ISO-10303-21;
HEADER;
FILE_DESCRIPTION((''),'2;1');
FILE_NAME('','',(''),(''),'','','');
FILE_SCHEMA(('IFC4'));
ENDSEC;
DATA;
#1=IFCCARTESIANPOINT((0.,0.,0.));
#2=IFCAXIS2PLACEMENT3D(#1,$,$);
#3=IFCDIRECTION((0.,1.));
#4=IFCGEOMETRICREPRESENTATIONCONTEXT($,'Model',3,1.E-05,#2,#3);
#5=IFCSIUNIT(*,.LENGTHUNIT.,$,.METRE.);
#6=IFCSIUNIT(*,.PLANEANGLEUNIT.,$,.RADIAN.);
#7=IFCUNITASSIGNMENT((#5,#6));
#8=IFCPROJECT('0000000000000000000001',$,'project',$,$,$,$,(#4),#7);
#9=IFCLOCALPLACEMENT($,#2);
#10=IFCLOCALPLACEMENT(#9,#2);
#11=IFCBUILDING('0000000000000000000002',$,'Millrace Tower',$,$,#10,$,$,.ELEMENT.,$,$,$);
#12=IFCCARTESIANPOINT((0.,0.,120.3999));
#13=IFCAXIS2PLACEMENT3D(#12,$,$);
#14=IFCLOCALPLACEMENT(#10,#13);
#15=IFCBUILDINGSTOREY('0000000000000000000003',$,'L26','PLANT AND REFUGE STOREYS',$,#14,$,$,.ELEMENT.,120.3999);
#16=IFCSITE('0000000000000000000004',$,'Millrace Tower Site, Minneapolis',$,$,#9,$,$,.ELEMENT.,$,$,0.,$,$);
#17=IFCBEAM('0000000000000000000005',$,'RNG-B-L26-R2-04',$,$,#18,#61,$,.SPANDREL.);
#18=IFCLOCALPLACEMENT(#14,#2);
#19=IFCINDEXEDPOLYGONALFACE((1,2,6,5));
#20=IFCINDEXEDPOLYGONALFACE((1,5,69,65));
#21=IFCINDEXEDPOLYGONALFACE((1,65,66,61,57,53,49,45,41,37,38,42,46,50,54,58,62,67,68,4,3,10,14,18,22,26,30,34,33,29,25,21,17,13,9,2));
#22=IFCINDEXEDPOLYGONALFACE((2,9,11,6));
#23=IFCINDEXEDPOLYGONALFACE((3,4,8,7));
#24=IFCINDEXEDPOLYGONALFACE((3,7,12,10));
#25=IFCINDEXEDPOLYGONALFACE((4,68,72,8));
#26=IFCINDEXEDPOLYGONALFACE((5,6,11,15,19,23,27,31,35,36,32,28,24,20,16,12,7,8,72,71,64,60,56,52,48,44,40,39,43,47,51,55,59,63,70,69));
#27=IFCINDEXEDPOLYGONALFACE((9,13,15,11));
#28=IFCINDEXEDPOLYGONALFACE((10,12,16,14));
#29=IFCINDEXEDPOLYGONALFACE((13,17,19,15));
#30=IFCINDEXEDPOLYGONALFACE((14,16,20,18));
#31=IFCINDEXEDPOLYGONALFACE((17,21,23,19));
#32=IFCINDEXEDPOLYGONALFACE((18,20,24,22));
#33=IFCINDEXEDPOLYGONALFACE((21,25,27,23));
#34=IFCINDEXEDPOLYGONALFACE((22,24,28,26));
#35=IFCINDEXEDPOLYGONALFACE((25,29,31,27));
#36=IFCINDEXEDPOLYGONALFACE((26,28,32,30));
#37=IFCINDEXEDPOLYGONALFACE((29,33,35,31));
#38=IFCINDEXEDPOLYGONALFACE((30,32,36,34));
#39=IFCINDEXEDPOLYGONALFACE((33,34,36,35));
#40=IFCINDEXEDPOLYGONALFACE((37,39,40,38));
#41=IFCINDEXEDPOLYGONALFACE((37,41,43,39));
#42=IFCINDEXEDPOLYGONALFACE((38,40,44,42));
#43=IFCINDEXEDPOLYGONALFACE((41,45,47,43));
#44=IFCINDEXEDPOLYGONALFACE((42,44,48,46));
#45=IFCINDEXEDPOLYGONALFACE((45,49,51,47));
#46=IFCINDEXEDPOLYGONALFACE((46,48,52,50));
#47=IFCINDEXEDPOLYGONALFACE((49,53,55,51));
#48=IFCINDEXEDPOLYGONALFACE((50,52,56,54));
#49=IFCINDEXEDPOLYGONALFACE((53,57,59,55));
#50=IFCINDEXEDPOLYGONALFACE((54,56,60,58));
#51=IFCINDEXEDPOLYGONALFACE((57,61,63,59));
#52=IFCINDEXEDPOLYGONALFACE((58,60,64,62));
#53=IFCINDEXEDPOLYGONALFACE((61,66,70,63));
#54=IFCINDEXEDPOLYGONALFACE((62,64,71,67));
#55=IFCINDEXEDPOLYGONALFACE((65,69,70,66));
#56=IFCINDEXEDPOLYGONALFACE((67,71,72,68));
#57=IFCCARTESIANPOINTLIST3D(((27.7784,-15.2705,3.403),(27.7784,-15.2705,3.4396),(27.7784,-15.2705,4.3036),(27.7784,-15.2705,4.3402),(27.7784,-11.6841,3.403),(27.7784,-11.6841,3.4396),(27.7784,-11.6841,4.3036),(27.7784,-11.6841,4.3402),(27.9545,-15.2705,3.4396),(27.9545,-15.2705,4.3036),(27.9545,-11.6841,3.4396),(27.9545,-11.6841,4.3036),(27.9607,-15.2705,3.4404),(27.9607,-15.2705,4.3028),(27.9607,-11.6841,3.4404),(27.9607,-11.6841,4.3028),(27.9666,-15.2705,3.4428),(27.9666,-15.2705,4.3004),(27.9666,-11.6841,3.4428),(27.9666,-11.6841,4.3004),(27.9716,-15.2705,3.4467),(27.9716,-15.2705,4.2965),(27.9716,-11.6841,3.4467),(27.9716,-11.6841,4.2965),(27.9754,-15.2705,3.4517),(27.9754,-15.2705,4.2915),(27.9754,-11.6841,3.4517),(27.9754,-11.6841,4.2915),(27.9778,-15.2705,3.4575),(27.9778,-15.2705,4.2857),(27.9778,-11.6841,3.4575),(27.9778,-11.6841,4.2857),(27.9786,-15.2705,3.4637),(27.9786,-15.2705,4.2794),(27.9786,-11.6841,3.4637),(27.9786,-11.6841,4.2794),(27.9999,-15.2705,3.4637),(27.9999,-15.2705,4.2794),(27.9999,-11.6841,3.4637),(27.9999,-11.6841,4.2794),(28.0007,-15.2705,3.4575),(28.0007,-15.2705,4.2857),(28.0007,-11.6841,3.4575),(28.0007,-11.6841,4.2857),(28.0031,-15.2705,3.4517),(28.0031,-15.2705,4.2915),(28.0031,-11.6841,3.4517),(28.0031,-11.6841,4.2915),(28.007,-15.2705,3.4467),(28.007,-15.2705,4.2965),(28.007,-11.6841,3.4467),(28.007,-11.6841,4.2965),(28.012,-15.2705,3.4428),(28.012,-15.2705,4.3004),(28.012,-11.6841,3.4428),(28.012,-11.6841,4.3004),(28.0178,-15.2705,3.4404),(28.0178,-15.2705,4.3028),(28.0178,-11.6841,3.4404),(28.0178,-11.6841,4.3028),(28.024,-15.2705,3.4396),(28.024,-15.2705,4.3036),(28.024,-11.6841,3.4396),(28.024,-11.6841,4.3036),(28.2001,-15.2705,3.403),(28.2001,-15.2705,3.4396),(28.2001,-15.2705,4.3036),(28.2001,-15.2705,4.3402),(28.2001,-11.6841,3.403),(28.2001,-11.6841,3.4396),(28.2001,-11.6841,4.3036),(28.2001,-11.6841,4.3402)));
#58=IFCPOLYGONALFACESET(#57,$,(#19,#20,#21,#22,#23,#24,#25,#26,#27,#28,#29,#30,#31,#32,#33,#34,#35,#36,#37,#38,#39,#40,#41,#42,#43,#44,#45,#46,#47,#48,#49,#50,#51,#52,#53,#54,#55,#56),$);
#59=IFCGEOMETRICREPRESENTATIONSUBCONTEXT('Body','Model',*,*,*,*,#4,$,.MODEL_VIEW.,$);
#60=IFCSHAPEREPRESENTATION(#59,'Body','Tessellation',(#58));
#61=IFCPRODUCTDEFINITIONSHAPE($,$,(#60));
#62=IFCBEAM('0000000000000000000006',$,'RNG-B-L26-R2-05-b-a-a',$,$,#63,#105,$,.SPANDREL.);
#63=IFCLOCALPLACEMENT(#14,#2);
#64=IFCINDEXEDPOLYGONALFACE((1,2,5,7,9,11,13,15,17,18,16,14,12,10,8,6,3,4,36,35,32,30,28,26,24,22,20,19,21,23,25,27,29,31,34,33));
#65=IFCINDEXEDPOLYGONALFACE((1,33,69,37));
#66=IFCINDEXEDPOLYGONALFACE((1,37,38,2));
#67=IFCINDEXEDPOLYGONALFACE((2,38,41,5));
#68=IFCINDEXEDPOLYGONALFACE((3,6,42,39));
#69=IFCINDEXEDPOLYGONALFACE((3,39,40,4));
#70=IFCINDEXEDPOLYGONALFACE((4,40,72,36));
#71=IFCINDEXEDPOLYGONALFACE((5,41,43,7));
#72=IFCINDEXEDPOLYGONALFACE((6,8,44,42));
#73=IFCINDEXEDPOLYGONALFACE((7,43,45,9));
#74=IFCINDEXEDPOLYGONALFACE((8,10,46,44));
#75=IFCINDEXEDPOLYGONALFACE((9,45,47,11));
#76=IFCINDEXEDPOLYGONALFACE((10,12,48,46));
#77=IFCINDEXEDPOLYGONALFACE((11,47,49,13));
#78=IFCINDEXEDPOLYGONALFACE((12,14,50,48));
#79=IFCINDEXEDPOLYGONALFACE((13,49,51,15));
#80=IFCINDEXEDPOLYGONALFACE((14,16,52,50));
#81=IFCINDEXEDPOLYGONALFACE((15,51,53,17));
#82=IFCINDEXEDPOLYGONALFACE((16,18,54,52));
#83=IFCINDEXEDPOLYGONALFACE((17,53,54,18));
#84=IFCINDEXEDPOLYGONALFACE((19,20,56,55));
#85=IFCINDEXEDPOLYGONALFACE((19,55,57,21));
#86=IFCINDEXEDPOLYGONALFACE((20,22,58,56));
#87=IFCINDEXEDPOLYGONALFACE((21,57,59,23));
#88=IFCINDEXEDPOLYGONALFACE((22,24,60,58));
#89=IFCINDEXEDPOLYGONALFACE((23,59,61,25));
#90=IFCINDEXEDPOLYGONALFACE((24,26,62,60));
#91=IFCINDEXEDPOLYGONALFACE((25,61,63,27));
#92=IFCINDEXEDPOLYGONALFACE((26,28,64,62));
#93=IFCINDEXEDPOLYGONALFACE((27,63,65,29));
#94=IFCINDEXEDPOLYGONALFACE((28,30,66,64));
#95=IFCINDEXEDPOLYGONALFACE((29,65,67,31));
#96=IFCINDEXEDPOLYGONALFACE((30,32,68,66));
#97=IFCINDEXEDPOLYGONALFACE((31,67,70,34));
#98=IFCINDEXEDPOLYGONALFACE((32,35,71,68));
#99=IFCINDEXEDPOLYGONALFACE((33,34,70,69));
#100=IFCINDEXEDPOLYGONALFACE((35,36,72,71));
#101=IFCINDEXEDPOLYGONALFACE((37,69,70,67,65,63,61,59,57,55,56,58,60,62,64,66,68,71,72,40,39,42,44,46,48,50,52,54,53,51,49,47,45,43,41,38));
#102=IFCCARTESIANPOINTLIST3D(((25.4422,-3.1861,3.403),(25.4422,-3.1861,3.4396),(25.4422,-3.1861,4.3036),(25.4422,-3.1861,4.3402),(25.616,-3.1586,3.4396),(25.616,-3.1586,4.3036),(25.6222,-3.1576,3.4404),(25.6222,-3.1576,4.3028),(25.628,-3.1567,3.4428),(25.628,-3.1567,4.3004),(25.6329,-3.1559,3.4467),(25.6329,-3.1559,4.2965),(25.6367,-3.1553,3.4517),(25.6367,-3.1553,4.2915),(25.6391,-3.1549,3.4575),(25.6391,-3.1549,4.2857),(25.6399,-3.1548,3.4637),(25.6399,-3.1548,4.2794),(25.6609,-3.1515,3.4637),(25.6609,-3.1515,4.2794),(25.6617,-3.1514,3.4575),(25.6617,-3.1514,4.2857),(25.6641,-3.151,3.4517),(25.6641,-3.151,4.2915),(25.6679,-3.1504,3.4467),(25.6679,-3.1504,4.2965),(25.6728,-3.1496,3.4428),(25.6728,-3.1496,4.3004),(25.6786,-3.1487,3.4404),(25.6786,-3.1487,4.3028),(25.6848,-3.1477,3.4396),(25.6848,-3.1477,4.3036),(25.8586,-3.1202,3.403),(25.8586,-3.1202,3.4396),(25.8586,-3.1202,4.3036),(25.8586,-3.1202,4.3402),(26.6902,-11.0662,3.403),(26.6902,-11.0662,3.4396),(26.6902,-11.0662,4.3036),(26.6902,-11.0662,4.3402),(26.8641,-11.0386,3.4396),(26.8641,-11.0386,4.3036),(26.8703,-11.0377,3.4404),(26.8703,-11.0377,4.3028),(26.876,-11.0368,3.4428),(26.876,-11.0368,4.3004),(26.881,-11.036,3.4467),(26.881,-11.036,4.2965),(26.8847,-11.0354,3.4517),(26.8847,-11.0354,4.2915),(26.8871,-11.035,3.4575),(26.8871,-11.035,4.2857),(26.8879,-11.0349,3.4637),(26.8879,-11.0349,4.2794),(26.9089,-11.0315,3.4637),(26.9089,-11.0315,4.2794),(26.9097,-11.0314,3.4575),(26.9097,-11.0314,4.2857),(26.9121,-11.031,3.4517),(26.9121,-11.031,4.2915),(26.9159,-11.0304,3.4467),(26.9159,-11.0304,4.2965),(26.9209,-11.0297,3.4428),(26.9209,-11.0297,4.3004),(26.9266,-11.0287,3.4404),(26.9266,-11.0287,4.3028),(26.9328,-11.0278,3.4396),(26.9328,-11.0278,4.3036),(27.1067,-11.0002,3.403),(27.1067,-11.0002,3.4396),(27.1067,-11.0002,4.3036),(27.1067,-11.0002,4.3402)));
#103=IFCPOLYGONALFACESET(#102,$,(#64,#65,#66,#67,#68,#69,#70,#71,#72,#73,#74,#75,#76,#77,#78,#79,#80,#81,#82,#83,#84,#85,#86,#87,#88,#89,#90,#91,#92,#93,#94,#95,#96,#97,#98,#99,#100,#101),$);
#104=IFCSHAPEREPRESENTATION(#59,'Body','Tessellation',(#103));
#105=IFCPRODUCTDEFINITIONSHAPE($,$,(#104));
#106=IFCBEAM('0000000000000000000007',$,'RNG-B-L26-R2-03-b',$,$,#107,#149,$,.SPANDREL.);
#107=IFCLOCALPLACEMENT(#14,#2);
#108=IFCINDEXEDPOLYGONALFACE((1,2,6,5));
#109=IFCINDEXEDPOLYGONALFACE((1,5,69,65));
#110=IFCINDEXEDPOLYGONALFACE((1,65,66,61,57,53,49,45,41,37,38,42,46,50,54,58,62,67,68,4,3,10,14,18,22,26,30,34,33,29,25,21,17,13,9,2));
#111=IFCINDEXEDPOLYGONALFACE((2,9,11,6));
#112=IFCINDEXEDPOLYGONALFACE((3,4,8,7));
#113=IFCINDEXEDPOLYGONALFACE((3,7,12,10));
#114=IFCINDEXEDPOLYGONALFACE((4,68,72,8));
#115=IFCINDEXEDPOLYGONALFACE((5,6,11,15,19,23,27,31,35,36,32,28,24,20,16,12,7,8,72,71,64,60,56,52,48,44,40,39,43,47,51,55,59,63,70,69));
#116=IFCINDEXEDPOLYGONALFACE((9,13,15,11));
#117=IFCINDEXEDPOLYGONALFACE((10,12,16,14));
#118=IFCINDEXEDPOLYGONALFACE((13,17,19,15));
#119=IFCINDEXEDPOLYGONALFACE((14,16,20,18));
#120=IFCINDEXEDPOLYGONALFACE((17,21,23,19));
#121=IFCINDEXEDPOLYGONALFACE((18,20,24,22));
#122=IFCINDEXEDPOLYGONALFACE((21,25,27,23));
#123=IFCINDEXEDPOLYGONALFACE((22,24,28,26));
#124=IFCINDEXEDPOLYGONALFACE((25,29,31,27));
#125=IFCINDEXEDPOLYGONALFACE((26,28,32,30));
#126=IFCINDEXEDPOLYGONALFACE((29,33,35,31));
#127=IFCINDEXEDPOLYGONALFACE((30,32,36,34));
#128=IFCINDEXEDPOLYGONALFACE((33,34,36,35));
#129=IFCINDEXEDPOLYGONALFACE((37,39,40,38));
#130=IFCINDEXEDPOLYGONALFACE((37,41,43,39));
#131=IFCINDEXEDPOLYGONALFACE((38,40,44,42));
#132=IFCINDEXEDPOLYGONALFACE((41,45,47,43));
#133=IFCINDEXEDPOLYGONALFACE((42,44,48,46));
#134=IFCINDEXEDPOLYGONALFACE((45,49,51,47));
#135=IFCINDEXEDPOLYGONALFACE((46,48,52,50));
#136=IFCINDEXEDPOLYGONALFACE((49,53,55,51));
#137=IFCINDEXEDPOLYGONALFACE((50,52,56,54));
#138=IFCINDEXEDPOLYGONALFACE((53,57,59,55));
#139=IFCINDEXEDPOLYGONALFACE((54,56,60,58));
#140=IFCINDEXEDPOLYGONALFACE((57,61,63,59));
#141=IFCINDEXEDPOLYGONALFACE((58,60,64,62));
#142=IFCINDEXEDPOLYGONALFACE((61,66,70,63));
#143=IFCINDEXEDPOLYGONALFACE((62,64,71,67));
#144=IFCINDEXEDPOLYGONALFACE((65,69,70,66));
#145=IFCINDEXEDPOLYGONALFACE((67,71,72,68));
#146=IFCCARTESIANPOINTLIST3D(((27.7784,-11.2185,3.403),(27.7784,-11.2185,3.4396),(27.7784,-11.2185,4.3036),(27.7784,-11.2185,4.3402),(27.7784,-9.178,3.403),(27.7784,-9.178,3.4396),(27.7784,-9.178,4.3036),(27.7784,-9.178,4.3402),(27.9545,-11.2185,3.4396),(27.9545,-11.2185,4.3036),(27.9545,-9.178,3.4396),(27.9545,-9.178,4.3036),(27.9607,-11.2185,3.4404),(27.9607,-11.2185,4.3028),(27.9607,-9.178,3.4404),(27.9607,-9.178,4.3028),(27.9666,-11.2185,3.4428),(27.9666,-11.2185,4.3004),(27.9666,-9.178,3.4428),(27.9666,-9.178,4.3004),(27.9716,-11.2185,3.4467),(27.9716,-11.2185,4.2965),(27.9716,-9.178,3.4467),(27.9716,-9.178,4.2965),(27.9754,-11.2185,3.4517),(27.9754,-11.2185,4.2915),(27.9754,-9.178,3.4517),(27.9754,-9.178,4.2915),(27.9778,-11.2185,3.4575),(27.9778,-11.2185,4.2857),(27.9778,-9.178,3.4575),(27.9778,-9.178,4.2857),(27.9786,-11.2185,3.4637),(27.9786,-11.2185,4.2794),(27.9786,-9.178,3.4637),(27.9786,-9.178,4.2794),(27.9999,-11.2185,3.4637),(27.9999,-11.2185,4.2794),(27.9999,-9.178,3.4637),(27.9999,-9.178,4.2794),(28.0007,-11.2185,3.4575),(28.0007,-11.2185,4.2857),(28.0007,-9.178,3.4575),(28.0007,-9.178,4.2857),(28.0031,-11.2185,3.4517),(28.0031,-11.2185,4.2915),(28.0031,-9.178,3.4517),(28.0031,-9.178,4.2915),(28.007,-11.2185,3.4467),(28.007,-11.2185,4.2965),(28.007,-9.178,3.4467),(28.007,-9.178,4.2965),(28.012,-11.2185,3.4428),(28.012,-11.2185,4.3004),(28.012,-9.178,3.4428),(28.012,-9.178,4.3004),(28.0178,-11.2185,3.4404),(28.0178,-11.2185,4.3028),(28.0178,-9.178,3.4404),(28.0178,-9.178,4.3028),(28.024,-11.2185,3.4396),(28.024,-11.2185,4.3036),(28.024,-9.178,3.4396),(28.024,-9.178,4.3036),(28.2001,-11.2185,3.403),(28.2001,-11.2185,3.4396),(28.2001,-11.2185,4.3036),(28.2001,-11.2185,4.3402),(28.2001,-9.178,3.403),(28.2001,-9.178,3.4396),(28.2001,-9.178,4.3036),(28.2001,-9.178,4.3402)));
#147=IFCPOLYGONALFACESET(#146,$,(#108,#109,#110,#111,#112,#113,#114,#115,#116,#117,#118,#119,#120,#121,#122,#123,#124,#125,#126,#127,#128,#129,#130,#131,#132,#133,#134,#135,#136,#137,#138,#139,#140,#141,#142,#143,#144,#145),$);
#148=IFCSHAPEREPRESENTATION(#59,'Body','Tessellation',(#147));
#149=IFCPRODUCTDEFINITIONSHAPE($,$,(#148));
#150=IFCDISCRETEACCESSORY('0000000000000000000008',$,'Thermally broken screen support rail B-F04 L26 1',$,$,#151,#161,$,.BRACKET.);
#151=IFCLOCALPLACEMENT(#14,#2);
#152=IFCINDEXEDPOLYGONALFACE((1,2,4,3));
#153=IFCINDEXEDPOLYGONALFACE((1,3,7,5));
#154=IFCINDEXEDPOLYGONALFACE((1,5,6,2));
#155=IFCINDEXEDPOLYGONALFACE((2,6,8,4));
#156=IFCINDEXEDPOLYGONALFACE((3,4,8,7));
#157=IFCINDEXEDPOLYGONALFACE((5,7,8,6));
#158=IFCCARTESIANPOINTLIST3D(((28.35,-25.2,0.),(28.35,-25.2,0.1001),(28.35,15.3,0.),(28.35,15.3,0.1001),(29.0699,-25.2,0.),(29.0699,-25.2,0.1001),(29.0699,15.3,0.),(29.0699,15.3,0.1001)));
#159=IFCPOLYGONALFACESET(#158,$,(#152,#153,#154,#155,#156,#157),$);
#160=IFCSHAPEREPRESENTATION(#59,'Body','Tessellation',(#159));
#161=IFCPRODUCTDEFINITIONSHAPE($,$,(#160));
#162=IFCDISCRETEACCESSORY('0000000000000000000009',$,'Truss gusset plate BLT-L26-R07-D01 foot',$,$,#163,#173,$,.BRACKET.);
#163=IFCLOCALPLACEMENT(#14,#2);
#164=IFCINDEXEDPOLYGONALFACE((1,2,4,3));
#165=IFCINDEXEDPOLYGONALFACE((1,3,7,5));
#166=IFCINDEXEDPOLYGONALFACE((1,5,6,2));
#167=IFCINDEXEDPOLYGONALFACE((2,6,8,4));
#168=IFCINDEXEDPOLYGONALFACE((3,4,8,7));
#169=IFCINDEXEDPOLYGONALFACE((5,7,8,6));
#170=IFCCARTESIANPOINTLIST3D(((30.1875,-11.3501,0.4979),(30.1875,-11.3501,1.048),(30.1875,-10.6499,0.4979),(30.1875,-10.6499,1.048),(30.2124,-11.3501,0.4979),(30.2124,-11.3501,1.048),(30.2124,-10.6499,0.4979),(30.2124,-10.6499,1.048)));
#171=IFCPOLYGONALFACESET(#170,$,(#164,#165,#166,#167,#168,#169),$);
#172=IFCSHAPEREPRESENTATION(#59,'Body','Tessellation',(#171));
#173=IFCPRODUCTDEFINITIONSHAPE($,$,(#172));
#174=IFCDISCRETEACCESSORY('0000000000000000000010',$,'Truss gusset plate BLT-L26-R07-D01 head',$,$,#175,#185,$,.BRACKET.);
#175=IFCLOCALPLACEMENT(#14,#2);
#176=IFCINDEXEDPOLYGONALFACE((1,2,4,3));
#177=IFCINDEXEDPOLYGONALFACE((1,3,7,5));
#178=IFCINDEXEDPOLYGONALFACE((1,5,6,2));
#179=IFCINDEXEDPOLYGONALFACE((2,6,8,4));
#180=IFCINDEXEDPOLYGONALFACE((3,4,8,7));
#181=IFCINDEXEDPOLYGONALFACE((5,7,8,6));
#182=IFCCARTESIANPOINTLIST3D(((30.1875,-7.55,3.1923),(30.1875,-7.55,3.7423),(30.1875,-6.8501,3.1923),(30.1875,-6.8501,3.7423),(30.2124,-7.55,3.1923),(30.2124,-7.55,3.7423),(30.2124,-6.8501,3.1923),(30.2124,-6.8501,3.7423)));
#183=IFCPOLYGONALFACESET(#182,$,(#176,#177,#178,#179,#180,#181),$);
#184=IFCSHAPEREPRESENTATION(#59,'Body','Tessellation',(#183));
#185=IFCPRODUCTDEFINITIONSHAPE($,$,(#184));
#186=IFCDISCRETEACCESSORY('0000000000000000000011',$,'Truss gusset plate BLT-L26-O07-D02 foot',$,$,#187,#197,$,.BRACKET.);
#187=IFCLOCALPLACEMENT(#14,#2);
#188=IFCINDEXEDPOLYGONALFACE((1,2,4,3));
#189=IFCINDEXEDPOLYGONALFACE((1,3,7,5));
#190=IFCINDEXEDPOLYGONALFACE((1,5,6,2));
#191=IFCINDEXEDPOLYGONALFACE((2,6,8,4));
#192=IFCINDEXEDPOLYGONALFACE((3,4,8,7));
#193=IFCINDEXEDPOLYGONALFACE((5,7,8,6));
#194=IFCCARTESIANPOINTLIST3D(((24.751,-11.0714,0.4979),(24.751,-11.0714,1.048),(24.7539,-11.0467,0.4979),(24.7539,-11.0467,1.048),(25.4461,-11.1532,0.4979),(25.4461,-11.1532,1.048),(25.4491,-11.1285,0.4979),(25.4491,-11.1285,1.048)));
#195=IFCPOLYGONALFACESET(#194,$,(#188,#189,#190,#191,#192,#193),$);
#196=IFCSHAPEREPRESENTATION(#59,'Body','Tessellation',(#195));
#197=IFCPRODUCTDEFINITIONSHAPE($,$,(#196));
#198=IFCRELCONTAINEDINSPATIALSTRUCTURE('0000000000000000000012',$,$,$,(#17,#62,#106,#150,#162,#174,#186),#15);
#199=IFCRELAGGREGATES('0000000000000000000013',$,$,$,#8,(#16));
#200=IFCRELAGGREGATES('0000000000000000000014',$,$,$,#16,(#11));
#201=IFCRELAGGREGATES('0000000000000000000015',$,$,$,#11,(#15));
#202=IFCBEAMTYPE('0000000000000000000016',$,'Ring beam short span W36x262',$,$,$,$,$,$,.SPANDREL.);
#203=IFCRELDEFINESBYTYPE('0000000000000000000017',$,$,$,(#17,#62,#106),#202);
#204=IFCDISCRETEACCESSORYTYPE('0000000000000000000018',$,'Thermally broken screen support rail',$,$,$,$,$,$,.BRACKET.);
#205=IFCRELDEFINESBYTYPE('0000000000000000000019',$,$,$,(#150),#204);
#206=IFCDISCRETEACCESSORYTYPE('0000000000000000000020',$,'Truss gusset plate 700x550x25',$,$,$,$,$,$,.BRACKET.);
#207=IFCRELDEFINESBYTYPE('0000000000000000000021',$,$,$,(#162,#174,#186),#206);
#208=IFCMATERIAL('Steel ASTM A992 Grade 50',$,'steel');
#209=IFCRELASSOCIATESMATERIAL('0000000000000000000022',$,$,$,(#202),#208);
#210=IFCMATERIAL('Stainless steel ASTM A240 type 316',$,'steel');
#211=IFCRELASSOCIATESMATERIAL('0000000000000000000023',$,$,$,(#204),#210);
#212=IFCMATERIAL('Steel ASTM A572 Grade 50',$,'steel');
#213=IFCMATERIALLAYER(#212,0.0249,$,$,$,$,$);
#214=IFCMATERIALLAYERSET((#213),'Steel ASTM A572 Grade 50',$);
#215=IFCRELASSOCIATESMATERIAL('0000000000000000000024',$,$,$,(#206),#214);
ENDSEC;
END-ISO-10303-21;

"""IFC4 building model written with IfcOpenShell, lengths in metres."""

from ifc_helpers import new_model, si_unit, direction, frame, origin, origin_2d, place, context, subcontext, project, spatial, rectangle, i_section, extrude, material, layer, layer_set, material_profile, profile_set, type_object, element, save


model = new_model("IFC4")

# Units and contexts
model_context = context("Model", 3, precision=1e-05, world=origin(), true_north=direction((0.0, 1.0)))
body_context = subcontext(model_context, "Body", "Model", "MODEL_VIEW")
ifc_project = project(units=[si_unit("LENGTHUNIT", "METRE"), si_unit("PLANEANGLEUNIT", "RADIAN")], contexts=[model_context])

# Site, building, storey
site_placement = place(None, origin())
site = spatial("IfcSite", under=ifc_project, at=site_placement, Name="Millrace Tower Site, Minneapolis", CompositionType="ELEMENT", RefElevation=0.0)
building_placement = place(site_placement, origin())
building = spatial("IfcBuilding", under=site, at=building_placement, Name="Millrace Tower", CompositionType="ELEMENT")
storey_placement = place(building_placement, frame((0.0, 0.0, 120.3999)))
storey = spatial("IfcBuildingStorey", under=building, at=storey_placement, Name="L26", Description="PLANT AND REFUGE STOREYS", CompositionType="ELEMENT", Elevation=120.3999)

# Beams
ifc_material_1 = material(Name="Steel ASTM A992 Grade 50", Category="steel")
ifc_material_profile_1 = material_profile(ifc_material_1, i_section(OverallWidth=0.4216, OverallDepth=0.9373, WebThickness=0.0212, FlangeThickness=0.0366, FilletRadius=0.0242, at=origin_2d()))
ifc_profile_set_1 = profile_set([ifc_material_profile_1], Name="Steel ASTM A992 Grade 50")
beam_type_1 = type_object("IfcBeamType", Name="Ring beam short span W36x262", PredefinedType="SPANDREL", material=ifc_profile_set_1)
beam_1_placement = place(storey_placement, frame((27.9893, -11.6841, 3.8716), z_axis=(0.0, -1.0, 0.0), x_axis=(1.0, 0.0, 0.0)))
element("IfcBeam", 1, at=beam_1_placement, inside=storey, type_object=beam_type_1, Name="RNG-B-L26-R2-04", PredefinedType="SPANDREL", context=body_context, shape_type="SweptSolid", body=[
    extrude(i_section(OverallWidth=0.4216, OverallDepth=0.9373, WebThickness=0.0212, FlangeThickness=0.0366, FilletRadius=0.0242, at=origin_2d()), origin(), (0.0, 0.0, 1.0), 3.5864),
])
beam_2_placement = place(storey_placement, frame((26.8984, -11.0332, 3.8716), z_axis=(-0.156429, 0.987689, 0.0), x_axis=(-0.987689, -0.156429, 0.0)))
element("IfcBeam", 2, at=beam_2_placement, inside=storey, type_object=beam_type_1, Name="RNG-B-L26-R2-05-b-a-a", PredefinedType="SPANDREL", context=body_context, shape_type="SweptSolid", body=[
    extrude(i_section(OverallWidth=0.4216, OverallDepth=0.9373, WebThickness=0.0212, FlangeThickness=0.0366, FilletRadius=0.0242, at=origin_2d()), origin(), (0.0, 0.0, 1.0), 7.9783),
])
beam_3_placement = place(storey_placement, frame((27.9893, -9.178, 3.8716), z_axis=(0.0, -1.0, 0.0), x_axis=(1.0, 0.0, 0.0)))
element("IfcBeam", 3, at=beam_3_placement, inside=storey, type_object=beam_type_1, Name="RNG-B-L26-R2-03-b", PredefinedType="SPANDREL", context=body_context, shape_type="SweptSolid", body=[
    extrude(i_section(OverallWidth=0.4216, OverallDepth=0.9373, WebThickness=0.0212, FlangeThickness=0.0366, FilletRadius=0.0242, at=origin_2d()), origin(), (0.0, 0.0, 1.0), 2.0405),
])

# Discrete accessories
ifc_material_2 = material(Name="Stainless steel ASTM A240 type 316", Category="steel")
discrete_accessory_type_1 = type_object("IfcDiscreteAccessoryType", Name="Thermally broken screen support rail", PredefinedType="BRACKET", material=ifc_material_2)
discrete_accessory_1_placement = place(storey_placement, frame((28.71, -4.95, 0.0), z_axis=(0.0, 0.0, 1.0), x_axis=(0.0, 1.0, 0.0)))
element("IfcDiscreteAccessory", 4, at=discrete_accessory_1_placement, inside=storey, type_object=discrete_accessory_type_1, Name="Thermally broken screen support rail B-F04 L26 1", PredefinedType="BRACKET", context=body_context, shape_type="SweptSolid", body=[
    extrude(rectangle(XDim=40.5, YDim=0.72, at=origin_2d()), origin(), (0.0, 0.0, 1.0), 0.1001),
])
ifc_material_3 = material(Name="Steel ASTM A572 Grade 50", Category="steel")
ifc_layer_1 = layer(ifc_material_3, 0.0249)
ifc_layer_set_1 = layer_set([ifc_layer_1], Name="Steel ASTM A572 Grade 50")
discrete_accessory_type_2 = type_object("IfcDiscreteAccessoryType", Name="Truss gusset plate 700x550x25", PredefinedType="BRACKET", material=ifc_layer_set_1)
discrete_accessory_2_placement = place(storey_placement, frame((30.2, -11.3501, 0.7729), z_axis=(0.0, 1.0, 0.0), x_axis=(-1.0, 0.0, 0.0)))
element("IfcDiscreteAccessory", 5, at=discrete_accessory_2_placement, inside=storey, type_object=discrete_accessory_type_2, Name="Truss gusset plate BLT-L26-R07-D01 foot", PredefinedType="BRACKET", context=body_context, shape_type="SweptSolid", body=[
    extrude(rectangle(XDim=0.0249, YDim=0.55, at=origin_2d()), origin(), (0.0, 0.0, 1.0), 0.7002),
])
for number, where, z_axis, x_axis, name in (
    (6, (30.2, -7.55, 3.4673), (0.0, 1.0, 0.0), (-1.0, 0.0, 0.0), "Truss gusset plate BLT-L26-R07-D01 head"),
    (7, (24.7524, -11.0591, 0.7729), (0.993148, -0.116861, 0.0), (0.116861, 0.993148, 0.0), "Truss gusset plate BLT-L26-O07-D02 foot"),
):
    element("IfcDiscreteAccessory", number, at=place(storey_placement, frame(where, z_axis=z_axis, x_axis=x_axis)), inside=storey, type_object=discrete_accessory_type_2, Name=name, PredefinedType="BRACKET", context=body_context, shape_type="SweptSolid", body=[
        extrude(rectangle(XDim=0.0249, YDim=0.55, at=origin_2d()), origin(), (0.0, 0.0, 1.0), 0.7),
    ])

save(model, "model.ifc")
